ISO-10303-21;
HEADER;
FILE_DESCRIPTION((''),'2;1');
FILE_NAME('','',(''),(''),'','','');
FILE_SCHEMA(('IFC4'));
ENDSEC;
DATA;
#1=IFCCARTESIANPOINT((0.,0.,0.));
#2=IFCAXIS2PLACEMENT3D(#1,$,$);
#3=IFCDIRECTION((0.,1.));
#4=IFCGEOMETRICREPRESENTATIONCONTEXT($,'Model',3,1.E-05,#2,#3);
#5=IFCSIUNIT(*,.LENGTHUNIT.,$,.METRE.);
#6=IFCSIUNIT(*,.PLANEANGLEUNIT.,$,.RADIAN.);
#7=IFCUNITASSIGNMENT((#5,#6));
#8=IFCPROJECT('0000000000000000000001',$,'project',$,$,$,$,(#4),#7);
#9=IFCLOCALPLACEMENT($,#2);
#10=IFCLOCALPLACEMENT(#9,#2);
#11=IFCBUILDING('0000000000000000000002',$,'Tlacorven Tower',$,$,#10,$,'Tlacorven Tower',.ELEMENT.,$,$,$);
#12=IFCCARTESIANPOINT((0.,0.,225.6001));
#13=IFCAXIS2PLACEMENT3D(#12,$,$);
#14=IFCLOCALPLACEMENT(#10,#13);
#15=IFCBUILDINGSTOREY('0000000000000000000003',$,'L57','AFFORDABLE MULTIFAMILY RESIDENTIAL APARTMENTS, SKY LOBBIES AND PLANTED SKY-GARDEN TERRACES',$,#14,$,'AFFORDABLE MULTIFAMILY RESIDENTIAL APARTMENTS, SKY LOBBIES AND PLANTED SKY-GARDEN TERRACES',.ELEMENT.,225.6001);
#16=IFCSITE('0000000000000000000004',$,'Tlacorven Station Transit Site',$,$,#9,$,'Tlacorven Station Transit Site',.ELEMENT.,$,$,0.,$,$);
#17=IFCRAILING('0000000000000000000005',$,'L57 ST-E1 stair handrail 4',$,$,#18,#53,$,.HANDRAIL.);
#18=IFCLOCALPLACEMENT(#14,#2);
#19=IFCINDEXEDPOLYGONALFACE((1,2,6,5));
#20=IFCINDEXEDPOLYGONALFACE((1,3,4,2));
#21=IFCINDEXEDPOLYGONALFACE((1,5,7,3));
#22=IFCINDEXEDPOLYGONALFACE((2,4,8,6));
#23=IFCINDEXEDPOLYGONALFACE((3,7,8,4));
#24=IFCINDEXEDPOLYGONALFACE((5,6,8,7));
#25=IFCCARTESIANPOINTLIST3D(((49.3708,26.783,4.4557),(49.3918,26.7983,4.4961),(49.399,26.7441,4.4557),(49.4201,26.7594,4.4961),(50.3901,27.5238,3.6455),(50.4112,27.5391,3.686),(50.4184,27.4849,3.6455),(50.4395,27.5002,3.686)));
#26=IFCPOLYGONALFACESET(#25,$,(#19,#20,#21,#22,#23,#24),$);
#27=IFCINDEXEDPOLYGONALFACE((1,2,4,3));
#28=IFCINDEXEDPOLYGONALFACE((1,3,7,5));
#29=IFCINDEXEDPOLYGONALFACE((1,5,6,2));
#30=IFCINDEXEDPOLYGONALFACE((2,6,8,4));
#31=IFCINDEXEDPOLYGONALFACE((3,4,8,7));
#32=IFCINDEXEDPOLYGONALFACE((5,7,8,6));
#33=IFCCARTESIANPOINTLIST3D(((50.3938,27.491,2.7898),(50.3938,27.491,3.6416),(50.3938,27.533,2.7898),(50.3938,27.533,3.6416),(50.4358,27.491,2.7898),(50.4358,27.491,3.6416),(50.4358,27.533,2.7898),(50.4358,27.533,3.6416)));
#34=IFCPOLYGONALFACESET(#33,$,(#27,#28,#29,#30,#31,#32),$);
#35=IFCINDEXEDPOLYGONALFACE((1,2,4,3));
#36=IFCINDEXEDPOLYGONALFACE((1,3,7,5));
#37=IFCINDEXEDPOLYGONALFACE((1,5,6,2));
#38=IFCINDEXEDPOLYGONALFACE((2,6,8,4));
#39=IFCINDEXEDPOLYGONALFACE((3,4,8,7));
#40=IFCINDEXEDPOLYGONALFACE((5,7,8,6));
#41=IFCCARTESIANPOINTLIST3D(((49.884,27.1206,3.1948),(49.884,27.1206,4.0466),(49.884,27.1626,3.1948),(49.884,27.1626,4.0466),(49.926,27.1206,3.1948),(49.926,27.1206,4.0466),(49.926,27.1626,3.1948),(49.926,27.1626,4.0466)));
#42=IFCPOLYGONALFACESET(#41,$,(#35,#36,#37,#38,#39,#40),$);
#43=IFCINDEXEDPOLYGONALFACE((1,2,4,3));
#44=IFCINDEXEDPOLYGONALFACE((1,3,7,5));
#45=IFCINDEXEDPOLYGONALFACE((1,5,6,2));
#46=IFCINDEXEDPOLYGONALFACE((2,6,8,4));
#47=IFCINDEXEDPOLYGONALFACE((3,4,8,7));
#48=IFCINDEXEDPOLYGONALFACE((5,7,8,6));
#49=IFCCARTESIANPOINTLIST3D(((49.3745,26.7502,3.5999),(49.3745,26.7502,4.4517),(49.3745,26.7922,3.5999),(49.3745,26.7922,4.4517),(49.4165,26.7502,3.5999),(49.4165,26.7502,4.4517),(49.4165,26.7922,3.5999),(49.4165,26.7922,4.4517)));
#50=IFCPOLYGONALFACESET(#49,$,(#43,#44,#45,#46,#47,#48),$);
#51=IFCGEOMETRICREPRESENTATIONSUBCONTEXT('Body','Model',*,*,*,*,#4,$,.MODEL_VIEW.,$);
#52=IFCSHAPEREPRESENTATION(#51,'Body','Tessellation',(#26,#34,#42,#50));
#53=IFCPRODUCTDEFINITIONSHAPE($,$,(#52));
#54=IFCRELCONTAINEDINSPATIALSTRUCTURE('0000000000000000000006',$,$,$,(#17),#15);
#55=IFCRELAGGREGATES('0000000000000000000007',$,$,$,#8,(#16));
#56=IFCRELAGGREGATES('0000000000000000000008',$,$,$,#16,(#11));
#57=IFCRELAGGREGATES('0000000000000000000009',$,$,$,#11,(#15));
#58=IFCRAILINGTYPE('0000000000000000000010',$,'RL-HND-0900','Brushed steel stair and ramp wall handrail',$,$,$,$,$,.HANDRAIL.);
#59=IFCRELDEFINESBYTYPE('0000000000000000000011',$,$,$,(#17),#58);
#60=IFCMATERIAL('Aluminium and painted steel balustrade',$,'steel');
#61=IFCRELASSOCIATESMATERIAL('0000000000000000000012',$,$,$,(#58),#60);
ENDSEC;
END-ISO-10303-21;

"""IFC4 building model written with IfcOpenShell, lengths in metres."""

from ifc_helpers import new_model, si_unit, direction, frame, origin, origin_2d, place, context, subcontext, project, spatial, rectangle, extrude, source, transform, mapped, material, type_object, element, save


model = new_model("IFC4")

# Units and contexts
model_context = context("Model", 3, precision=1e-05, world=origin(), true_north=direction((0.0, 1.0)))
body_context = subcontext(model_context, "Body", "Model", "MODEL_VIEW")
ifc_project = project(units=[si_unit("LENGTHUNIT", "METRE"), si_unit("PLANEANGLEUNIT", "RADIAN")], contexts=[model_context])

# Site, building, storey
site_placement = place(None, origin())
site = spatial("IfcSite", under=ifc_project, at=site_placement, Name="Tlacorven Station Transit Site", LongName="Tlacorven Station Transit Site", CompositionType="ELEMENT", RefElevation=0.0)
building_placement = place(site_placement, origin())
building = spatial("IfcBuilding", under=site, at=building_placement, Name="Tlacorven Tower", LongName="Tlacorven Tower", CompositionType="ELEMENT")
storey_placement = place(building_placement, frame((0.0, 0.0, 225.6001)))
storey = spatial("IfcBuildingStorey", under=building, at=storey_placement, Name="L57", Description="AFFORDABLE MULTIFAMILY RESIDENTIAL APARTMENTS, SKY LOBBIES AND PLANTED SKY-GARDEN TERRACES", LongName="AFFORDABLE MULTIFAMILY RESIDENTIAL APARTMENTS, SKY LOBBIES AND PLANTED SKY-GARDEN TERRACES", CompositionType="ELEMENT", Elevation=225.6001)

# Railing
ifc_material_1 = material(Name="Aluminium and painted steel balustrade", Category="steel")
railing_type_1 = type_object("IfcRailingType", Name="RL-HND-0900", Description="Brushed steel stair and ramp wall handrail", PredefinedType="HANDRAIL", material=ifc_material_1)
shared_shape_1 = source(origin(), body_context, "Body", "SweptSolid", [
    extrude(rectangle(XDim=0.0481, YDim=0.0481, at=origin_2d()), frame((0.0, 0.0, 0.876), z_axis=(-0.680461, -0.494496, 0.540783), x_axis=(0.587872, -0.808954, 0.0)), (0.0, 0.0, 1.0), 1.498),
    extrude(rectangle(XDim=0.042, YDim=0.042, at=origin_2d()), origin(), (0.0, 0.0, 1.0), 0.8518),
    extrude(rectangle(XDim=0.042, YDim=0.042, at=origin_2d()), frame((-0.5098, -0.3704, 0.405)), (0.0, 0.0, 1.0), 0.8518),
    extrude(rectangle(XDim=0.042, YDim=0.042, at=origin_2d()), frame((-1.0193, -0.7407, 0.8101)), (0.0, 0.0, 1.0), 0.8518),
])
railing_1_placement = place(storey_placement, frame((50.4148, 27.512, 2.7898)))
element("IfcRailing", 1, at=railing_1_placement, inside=storey, type_object=railing_type_1, Name="L57 ST-E1 stair handrail 4", PredefinedType="HANDRAIL", context=body_context, shape_type="MappedRepresentation", body=[
    mapped(shared_shape_1, transform((0.0, 0.0, 0.0), scale=1.0)),
])

save(model, "model.ifc")
